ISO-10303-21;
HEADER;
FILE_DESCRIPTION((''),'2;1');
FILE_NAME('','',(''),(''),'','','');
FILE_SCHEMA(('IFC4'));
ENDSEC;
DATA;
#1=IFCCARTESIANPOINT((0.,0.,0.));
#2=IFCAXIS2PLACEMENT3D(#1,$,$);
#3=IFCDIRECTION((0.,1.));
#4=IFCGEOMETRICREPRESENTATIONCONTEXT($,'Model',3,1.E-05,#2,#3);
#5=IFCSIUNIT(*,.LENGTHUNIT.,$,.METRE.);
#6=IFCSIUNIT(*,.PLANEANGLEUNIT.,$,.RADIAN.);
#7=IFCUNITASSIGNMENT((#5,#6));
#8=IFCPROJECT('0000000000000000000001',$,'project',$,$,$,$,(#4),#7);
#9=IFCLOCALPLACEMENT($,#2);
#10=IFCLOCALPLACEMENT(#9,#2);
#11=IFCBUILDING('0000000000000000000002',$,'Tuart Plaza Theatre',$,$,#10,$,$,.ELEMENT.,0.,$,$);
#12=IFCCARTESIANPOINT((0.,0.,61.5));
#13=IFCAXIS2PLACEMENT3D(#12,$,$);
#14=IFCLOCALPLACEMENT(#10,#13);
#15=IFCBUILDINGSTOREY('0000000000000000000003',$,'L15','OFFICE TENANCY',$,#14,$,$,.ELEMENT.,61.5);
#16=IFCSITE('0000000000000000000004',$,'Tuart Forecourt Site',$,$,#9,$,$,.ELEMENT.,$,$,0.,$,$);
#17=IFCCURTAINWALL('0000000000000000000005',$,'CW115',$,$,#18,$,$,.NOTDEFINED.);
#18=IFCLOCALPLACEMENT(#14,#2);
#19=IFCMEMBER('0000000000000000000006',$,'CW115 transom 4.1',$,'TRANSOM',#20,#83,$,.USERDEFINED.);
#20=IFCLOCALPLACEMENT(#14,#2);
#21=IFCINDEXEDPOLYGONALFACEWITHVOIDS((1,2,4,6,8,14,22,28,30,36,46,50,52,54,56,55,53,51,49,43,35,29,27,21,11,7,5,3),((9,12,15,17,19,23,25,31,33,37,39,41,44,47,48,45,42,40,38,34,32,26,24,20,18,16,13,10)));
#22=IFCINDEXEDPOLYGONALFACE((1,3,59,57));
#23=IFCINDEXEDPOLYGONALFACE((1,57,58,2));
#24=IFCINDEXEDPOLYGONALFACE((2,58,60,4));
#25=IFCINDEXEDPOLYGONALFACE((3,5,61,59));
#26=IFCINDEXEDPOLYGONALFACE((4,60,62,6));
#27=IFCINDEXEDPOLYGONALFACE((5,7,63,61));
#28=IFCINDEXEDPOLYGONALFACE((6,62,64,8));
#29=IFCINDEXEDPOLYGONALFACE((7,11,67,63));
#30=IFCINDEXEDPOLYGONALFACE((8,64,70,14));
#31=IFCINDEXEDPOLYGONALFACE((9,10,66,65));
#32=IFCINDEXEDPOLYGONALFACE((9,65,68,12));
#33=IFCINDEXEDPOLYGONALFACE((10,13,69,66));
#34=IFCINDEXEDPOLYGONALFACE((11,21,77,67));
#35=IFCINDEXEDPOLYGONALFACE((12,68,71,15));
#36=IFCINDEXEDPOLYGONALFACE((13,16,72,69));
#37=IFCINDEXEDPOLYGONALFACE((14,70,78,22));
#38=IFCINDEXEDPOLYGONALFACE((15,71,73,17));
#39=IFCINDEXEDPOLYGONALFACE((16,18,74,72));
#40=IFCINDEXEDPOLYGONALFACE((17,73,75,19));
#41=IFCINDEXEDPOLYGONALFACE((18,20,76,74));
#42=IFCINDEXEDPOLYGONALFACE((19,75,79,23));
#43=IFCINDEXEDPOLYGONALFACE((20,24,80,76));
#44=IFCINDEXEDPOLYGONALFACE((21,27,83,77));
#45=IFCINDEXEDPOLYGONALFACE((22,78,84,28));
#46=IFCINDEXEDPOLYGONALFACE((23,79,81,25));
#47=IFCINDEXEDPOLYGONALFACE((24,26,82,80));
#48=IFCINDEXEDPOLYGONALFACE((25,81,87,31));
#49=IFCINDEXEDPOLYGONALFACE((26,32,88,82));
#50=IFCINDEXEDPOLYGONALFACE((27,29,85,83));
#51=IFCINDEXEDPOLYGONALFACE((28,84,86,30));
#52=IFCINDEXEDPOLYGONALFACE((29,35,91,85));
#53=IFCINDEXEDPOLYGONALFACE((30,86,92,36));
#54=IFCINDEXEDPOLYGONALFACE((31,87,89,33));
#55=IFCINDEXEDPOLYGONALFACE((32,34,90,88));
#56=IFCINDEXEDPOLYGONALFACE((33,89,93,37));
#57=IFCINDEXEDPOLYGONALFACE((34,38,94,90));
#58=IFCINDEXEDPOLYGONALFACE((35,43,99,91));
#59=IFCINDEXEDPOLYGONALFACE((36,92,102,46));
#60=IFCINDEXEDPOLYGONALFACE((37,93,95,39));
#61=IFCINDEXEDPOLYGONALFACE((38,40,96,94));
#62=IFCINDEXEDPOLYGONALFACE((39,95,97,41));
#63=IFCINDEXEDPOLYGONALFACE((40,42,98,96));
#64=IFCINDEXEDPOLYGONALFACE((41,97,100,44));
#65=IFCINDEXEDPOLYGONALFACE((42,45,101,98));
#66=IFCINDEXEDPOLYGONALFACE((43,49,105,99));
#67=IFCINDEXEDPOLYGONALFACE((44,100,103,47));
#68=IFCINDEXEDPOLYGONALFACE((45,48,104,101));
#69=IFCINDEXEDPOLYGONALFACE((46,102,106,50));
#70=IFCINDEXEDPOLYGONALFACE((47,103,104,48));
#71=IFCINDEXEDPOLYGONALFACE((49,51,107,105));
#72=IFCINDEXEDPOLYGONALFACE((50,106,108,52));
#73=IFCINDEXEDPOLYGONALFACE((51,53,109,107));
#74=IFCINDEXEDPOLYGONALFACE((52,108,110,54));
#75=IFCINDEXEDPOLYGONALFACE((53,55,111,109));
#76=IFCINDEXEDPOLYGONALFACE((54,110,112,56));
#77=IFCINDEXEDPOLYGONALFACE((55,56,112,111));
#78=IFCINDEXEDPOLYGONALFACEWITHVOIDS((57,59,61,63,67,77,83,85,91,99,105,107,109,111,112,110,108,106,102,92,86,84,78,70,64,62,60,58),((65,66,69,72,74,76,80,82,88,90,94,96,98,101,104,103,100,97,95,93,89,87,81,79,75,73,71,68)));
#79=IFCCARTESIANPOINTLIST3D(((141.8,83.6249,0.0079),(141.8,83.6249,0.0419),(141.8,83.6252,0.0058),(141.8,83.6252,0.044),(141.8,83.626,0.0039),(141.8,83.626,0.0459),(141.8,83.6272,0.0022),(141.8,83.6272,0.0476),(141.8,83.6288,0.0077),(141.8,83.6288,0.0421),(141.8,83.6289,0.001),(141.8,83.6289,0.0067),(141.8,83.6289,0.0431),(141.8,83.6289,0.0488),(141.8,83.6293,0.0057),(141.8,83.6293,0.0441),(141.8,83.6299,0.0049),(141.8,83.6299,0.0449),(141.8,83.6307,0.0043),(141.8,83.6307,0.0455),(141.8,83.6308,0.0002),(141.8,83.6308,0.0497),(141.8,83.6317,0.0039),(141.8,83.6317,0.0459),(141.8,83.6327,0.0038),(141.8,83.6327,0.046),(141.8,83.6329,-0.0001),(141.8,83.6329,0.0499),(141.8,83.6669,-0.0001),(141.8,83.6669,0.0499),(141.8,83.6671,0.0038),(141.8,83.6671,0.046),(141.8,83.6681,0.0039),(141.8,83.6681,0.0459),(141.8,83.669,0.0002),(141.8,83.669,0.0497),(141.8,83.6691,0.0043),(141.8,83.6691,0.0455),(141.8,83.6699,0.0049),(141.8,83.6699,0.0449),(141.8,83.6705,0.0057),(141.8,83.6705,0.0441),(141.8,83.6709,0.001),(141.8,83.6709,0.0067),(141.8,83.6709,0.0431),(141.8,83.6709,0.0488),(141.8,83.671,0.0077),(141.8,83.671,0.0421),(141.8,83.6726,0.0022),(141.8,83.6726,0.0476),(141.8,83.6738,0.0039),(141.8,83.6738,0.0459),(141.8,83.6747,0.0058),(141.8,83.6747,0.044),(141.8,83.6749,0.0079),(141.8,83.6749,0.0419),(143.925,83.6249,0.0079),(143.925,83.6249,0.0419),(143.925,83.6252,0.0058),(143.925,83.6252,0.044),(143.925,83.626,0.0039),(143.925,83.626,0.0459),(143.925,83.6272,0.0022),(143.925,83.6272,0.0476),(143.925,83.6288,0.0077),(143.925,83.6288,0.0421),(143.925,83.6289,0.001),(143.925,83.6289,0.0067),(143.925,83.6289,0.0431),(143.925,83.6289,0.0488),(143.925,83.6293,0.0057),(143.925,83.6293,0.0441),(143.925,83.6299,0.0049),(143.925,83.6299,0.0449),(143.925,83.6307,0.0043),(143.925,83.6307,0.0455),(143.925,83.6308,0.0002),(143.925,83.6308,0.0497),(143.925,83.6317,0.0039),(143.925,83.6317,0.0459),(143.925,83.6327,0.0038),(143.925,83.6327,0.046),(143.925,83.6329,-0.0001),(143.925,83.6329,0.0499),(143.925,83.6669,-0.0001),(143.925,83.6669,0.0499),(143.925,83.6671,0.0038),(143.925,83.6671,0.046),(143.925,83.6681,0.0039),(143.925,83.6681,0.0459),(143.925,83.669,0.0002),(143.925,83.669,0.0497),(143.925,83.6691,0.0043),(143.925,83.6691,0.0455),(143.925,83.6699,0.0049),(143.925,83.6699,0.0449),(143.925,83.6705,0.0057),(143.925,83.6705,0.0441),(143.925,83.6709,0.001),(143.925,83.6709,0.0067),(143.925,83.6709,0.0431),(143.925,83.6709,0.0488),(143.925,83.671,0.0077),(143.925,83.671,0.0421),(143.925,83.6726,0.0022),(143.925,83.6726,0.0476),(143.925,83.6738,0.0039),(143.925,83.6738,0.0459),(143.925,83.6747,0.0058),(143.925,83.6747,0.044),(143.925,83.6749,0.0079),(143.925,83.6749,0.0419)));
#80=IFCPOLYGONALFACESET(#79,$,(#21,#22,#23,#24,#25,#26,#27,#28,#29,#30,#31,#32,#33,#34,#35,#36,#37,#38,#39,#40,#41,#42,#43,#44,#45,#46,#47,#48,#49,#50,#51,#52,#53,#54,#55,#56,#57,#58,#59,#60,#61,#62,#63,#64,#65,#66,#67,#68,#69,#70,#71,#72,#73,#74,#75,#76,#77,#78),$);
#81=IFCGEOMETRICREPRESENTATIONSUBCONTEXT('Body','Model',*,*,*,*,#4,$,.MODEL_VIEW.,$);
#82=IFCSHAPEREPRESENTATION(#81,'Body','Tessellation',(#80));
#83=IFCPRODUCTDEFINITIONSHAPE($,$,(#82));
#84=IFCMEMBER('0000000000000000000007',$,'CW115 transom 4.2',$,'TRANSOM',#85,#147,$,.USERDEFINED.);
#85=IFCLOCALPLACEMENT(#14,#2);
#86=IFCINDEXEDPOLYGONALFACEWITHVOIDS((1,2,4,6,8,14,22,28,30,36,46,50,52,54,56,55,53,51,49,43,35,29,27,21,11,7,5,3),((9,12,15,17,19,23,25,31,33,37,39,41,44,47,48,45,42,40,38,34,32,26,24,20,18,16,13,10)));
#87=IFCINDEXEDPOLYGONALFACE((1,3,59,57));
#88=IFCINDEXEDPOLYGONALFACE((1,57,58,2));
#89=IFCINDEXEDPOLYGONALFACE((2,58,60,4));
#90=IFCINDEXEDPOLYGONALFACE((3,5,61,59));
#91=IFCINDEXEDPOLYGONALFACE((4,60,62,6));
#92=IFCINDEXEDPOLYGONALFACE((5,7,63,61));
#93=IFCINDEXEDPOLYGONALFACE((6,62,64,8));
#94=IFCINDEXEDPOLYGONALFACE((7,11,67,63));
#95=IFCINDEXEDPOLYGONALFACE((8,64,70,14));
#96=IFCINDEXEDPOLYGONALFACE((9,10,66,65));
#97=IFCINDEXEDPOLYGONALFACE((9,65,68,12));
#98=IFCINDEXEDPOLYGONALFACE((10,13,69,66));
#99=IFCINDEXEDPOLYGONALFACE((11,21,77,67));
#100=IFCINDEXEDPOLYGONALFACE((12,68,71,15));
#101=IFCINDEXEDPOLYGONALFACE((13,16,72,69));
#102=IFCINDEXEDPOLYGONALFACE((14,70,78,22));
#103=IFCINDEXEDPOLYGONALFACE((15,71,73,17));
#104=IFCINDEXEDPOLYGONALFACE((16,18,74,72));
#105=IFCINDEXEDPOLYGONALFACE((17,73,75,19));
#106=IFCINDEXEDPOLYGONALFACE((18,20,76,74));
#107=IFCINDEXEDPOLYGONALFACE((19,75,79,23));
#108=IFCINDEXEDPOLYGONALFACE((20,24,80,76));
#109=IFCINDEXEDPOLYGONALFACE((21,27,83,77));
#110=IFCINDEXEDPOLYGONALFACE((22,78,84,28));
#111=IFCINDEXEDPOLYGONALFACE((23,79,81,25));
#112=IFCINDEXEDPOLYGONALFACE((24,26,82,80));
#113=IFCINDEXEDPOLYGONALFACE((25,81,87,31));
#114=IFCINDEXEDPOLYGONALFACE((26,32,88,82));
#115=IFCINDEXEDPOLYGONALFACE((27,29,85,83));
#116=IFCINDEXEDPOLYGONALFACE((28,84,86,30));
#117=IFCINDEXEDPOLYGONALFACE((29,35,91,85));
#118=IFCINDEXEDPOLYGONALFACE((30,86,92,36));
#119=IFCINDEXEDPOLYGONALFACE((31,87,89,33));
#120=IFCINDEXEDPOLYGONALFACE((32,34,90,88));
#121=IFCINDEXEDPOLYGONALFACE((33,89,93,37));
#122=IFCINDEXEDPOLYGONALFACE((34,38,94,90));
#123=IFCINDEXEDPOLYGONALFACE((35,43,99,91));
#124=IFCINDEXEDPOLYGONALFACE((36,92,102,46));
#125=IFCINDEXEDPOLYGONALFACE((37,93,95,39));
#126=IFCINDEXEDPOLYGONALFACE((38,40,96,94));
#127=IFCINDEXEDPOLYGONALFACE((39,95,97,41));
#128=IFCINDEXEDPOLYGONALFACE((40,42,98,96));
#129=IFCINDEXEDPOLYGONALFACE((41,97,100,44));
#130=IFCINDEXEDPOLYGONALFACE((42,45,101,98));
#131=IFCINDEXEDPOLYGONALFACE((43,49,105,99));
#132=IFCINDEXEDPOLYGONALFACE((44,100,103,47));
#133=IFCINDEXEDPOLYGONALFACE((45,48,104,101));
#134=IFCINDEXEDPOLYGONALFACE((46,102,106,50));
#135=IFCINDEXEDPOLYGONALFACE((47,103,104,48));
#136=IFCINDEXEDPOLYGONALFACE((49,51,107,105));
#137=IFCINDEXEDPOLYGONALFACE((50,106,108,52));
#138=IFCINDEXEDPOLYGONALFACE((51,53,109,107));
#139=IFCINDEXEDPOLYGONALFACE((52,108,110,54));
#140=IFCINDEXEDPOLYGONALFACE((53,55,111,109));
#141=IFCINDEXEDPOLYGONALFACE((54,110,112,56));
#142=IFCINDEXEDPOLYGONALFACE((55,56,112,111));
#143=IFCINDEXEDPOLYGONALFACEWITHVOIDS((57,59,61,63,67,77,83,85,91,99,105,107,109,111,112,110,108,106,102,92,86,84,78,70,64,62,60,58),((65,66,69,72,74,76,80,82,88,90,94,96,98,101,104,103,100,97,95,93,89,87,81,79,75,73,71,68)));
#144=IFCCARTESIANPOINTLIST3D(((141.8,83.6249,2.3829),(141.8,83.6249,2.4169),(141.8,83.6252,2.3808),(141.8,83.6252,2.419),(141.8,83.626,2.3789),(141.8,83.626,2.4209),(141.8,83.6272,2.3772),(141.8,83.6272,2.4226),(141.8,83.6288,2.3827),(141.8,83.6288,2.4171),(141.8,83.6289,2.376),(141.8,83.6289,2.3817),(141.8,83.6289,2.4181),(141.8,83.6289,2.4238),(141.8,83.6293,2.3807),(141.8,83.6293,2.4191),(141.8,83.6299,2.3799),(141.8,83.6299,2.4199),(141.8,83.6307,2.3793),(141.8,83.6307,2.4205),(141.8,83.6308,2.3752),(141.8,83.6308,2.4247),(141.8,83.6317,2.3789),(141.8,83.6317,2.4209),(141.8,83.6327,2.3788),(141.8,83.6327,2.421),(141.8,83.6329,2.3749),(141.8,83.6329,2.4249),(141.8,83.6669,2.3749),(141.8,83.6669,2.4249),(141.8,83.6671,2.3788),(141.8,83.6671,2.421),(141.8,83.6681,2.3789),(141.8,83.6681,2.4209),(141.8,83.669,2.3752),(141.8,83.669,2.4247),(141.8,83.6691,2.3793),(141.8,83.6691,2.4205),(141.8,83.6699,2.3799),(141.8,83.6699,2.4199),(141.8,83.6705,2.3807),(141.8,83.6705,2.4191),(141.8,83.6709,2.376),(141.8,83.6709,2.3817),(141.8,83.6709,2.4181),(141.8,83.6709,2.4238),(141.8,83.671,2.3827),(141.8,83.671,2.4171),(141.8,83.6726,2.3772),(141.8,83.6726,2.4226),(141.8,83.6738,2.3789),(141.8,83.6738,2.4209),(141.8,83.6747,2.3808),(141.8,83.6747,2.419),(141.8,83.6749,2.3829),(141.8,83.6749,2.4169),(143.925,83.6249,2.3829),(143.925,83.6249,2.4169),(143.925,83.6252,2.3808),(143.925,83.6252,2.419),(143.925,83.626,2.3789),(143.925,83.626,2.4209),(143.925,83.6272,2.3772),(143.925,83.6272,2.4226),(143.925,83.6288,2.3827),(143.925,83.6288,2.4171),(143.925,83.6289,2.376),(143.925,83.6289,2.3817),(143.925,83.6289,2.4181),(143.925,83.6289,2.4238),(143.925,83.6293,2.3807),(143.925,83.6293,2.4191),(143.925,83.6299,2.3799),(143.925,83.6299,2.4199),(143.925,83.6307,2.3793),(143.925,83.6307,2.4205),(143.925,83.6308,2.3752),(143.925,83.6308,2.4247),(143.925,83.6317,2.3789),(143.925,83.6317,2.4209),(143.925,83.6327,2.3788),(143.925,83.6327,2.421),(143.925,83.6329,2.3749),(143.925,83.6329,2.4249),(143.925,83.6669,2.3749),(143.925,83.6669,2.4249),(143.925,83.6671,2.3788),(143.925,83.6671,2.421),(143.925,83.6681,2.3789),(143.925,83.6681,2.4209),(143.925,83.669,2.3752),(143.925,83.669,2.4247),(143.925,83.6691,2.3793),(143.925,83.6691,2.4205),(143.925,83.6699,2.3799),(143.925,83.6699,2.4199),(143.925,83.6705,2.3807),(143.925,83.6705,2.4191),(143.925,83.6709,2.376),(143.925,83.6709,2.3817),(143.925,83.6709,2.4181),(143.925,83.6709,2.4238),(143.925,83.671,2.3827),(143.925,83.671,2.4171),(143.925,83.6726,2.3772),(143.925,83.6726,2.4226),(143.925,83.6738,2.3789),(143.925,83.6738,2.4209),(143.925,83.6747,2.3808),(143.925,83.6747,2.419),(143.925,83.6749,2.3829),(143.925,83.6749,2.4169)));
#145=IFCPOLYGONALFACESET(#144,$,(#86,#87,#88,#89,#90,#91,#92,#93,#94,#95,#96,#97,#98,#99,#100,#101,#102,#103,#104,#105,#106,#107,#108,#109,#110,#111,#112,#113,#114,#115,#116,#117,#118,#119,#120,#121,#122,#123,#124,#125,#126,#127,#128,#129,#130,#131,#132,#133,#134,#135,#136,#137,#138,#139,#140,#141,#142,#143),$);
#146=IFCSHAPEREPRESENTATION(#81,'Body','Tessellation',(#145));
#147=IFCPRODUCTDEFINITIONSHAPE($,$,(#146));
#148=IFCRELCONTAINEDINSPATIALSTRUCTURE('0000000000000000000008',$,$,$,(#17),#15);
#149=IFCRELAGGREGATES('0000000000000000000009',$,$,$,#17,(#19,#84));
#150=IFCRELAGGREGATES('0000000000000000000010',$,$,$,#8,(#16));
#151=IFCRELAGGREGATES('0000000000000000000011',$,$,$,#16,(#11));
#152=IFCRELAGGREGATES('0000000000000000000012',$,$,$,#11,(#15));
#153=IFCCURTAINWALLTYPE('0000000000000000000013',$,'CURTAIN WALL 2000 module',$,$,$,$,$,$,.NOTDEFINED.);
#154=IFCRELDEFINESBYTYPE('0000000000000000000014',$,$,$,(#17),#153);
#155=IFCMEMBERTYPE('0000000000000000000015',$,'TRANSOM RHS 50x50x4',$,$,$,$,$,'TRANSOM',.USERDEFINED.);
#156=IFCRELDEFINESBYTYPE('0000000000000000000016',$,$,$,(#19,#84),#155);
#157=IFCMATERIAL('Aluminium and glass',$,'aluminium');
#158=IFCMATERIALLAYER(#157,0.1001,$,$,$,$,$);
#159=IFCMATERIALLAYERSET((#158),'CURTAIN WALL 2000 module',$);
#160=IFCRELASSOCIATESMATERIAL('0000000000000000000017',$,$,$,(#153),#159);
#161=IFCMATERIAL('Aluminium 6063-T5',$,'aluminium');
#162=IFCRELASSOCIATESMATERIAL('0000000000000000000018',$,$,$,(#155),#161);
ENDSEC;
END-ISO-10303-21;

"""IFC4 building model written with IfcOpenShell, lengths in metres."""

from ifc_helpers import new_model, si_unit, direction, frame, origin, origin_2d, place, context, subcontext, project, spatial, hollow_rectangle, extrude, material, layer, layer_set, material_profile, profile_set, type_object, element, aggregate, save


model = new_model("IFC4")

# Units and contexts
model_context = context("Model", 3, precision=1e-05, world=origin(), true_north=direction((0.0, 1.0)))
body_context = subcontext(model_context, "Body", "Model", "MODEL_VIEW")
ifc_project = project(units=[si_unit("LENGTHUNIT", "METRE"), si_unit("PLANEANGLEUNIT", "RADIAN")], contexts=[model_context])

# Site, building, storey
site_placement = place(None, origin())
site = spatial("IfcSite", under=ifc_project, at=site_placement, Name="Tuart Forecourt Site", CompositionType="ELEMENT", RefElevation=0.0)
building_placement = place(site_placement, origin())
building = spatial("IfcBuilding", under=site, at=building_placement, Name="Tuart Plaza Theatre", CompositionType="ELEMENT", ElevationOfRefHeight=0.0)
storey_placement = place(building_placement, frame((0.0, 0.0, 61.5)))
storey = spatial("IfcBuildingStorey", under=building, at=storey_placement, Name="L15", Description="OFFICE TENANCY", CompositionType="ELEMENT", Elevation=61.5)

# Curtain wall
ifc_material_1 = material(Name="Aluminium and glass", Category="aluminium")
ifc_layer_1 = layer(ifc_material_1, 0.1001)
ifc_layer_set_1 = layer_set([ifc_layer_1], Name="CURTAIN WALL 2000 module")
curtain_wall_type = type_object("IfcCurtainWallType", Name="CURTAIN WALL 2000 module", PredefinedType="NOTDEFINED", material=ifc_layer_set_1)
curtain_wall_1_placement = place(storey_placement, origin())
curtain_wall_1 = element("IfcCurtainWall", 1, at=curtain_wall_1_placement, inside=storey, type_object=curtain_wall_type, Name="CW115", PredefinedType="NOTDEFINED")

# Members
ifc_material_2 = material(Name="Aluminium 6063-T5", Category="aluminium")
ifc_material_profile_1 = material_profile(ifc_material_2, hollow_rectangle(XDim=0.05, YDim=0.05, WallThickness=0.0039, InnerFilletRadius=0.0039, OuterFilletRadius=0.0081, at=origin_2d()), Name="RHS 50x50x4")
ifc_profile_set_1 = profile_set([ifc_material_profile_1], Name="Aluminium 6063-T5")
member_type_1 = type_object("IfcMemberType", Name="TRANSOM RHS 50x50x4", ElementType="TRANSOM", PredefinedType="USERDEFINED", material=ifc_profile_set_1)
member_1_placement = place(storey_placement, frame((143.925, 83.6499, 0.0249), z_axis=(-1.0, 0.0, 0.0), x_axis=(0.0, -1.0, 0.0)))
member_1 = element("IfcMember", 2, at=member_1_placement, type_object=member_type_1, Name="CW115 transom 4.1", ObjectType="TRANSOM", PredefinedType="USERDEFINED", context=body_context, shape_type="SweptSolid", body=[
    extrude(hollow_rectangle(XDim=0.05, YDim=0.05, WallThickness=0.0039, InnerFilletRadius=0.0039, OuterFilletRadius=0.0081, at=origin_2d()), origin(), (0.0, 0.0, 1.0), 2.125),
])
member_2_placement = place(storey_placement, frame((143.925, 83.6499, 2.3999), z_axis=(-1.0, 0.0, 0.0), x_axis=(0.0, -1.0, 0.0)))
member_2 = element("IfcMember", 3, at=member_2_placement, type_object=member_type_1, Name="CW115 transom 4.2", ObjectType="TRANSOM", PredefinedType="USERDEFINED", context=body_context, shape_type="SweptSolid", body=[
    extrude(hollow_rectangle(XDim=0.05, YDim=0.05, WallThickness=0.0039, InnerFilletRadius=0.0039, OuterFilletRadius=0.0081, at=origin_2d()), origin(), (0.0, 0.0, 1.0), 2.125),
])

aggregate(curtain_wall_1, [member_1, member_2])

save(model, "model.ifc")
